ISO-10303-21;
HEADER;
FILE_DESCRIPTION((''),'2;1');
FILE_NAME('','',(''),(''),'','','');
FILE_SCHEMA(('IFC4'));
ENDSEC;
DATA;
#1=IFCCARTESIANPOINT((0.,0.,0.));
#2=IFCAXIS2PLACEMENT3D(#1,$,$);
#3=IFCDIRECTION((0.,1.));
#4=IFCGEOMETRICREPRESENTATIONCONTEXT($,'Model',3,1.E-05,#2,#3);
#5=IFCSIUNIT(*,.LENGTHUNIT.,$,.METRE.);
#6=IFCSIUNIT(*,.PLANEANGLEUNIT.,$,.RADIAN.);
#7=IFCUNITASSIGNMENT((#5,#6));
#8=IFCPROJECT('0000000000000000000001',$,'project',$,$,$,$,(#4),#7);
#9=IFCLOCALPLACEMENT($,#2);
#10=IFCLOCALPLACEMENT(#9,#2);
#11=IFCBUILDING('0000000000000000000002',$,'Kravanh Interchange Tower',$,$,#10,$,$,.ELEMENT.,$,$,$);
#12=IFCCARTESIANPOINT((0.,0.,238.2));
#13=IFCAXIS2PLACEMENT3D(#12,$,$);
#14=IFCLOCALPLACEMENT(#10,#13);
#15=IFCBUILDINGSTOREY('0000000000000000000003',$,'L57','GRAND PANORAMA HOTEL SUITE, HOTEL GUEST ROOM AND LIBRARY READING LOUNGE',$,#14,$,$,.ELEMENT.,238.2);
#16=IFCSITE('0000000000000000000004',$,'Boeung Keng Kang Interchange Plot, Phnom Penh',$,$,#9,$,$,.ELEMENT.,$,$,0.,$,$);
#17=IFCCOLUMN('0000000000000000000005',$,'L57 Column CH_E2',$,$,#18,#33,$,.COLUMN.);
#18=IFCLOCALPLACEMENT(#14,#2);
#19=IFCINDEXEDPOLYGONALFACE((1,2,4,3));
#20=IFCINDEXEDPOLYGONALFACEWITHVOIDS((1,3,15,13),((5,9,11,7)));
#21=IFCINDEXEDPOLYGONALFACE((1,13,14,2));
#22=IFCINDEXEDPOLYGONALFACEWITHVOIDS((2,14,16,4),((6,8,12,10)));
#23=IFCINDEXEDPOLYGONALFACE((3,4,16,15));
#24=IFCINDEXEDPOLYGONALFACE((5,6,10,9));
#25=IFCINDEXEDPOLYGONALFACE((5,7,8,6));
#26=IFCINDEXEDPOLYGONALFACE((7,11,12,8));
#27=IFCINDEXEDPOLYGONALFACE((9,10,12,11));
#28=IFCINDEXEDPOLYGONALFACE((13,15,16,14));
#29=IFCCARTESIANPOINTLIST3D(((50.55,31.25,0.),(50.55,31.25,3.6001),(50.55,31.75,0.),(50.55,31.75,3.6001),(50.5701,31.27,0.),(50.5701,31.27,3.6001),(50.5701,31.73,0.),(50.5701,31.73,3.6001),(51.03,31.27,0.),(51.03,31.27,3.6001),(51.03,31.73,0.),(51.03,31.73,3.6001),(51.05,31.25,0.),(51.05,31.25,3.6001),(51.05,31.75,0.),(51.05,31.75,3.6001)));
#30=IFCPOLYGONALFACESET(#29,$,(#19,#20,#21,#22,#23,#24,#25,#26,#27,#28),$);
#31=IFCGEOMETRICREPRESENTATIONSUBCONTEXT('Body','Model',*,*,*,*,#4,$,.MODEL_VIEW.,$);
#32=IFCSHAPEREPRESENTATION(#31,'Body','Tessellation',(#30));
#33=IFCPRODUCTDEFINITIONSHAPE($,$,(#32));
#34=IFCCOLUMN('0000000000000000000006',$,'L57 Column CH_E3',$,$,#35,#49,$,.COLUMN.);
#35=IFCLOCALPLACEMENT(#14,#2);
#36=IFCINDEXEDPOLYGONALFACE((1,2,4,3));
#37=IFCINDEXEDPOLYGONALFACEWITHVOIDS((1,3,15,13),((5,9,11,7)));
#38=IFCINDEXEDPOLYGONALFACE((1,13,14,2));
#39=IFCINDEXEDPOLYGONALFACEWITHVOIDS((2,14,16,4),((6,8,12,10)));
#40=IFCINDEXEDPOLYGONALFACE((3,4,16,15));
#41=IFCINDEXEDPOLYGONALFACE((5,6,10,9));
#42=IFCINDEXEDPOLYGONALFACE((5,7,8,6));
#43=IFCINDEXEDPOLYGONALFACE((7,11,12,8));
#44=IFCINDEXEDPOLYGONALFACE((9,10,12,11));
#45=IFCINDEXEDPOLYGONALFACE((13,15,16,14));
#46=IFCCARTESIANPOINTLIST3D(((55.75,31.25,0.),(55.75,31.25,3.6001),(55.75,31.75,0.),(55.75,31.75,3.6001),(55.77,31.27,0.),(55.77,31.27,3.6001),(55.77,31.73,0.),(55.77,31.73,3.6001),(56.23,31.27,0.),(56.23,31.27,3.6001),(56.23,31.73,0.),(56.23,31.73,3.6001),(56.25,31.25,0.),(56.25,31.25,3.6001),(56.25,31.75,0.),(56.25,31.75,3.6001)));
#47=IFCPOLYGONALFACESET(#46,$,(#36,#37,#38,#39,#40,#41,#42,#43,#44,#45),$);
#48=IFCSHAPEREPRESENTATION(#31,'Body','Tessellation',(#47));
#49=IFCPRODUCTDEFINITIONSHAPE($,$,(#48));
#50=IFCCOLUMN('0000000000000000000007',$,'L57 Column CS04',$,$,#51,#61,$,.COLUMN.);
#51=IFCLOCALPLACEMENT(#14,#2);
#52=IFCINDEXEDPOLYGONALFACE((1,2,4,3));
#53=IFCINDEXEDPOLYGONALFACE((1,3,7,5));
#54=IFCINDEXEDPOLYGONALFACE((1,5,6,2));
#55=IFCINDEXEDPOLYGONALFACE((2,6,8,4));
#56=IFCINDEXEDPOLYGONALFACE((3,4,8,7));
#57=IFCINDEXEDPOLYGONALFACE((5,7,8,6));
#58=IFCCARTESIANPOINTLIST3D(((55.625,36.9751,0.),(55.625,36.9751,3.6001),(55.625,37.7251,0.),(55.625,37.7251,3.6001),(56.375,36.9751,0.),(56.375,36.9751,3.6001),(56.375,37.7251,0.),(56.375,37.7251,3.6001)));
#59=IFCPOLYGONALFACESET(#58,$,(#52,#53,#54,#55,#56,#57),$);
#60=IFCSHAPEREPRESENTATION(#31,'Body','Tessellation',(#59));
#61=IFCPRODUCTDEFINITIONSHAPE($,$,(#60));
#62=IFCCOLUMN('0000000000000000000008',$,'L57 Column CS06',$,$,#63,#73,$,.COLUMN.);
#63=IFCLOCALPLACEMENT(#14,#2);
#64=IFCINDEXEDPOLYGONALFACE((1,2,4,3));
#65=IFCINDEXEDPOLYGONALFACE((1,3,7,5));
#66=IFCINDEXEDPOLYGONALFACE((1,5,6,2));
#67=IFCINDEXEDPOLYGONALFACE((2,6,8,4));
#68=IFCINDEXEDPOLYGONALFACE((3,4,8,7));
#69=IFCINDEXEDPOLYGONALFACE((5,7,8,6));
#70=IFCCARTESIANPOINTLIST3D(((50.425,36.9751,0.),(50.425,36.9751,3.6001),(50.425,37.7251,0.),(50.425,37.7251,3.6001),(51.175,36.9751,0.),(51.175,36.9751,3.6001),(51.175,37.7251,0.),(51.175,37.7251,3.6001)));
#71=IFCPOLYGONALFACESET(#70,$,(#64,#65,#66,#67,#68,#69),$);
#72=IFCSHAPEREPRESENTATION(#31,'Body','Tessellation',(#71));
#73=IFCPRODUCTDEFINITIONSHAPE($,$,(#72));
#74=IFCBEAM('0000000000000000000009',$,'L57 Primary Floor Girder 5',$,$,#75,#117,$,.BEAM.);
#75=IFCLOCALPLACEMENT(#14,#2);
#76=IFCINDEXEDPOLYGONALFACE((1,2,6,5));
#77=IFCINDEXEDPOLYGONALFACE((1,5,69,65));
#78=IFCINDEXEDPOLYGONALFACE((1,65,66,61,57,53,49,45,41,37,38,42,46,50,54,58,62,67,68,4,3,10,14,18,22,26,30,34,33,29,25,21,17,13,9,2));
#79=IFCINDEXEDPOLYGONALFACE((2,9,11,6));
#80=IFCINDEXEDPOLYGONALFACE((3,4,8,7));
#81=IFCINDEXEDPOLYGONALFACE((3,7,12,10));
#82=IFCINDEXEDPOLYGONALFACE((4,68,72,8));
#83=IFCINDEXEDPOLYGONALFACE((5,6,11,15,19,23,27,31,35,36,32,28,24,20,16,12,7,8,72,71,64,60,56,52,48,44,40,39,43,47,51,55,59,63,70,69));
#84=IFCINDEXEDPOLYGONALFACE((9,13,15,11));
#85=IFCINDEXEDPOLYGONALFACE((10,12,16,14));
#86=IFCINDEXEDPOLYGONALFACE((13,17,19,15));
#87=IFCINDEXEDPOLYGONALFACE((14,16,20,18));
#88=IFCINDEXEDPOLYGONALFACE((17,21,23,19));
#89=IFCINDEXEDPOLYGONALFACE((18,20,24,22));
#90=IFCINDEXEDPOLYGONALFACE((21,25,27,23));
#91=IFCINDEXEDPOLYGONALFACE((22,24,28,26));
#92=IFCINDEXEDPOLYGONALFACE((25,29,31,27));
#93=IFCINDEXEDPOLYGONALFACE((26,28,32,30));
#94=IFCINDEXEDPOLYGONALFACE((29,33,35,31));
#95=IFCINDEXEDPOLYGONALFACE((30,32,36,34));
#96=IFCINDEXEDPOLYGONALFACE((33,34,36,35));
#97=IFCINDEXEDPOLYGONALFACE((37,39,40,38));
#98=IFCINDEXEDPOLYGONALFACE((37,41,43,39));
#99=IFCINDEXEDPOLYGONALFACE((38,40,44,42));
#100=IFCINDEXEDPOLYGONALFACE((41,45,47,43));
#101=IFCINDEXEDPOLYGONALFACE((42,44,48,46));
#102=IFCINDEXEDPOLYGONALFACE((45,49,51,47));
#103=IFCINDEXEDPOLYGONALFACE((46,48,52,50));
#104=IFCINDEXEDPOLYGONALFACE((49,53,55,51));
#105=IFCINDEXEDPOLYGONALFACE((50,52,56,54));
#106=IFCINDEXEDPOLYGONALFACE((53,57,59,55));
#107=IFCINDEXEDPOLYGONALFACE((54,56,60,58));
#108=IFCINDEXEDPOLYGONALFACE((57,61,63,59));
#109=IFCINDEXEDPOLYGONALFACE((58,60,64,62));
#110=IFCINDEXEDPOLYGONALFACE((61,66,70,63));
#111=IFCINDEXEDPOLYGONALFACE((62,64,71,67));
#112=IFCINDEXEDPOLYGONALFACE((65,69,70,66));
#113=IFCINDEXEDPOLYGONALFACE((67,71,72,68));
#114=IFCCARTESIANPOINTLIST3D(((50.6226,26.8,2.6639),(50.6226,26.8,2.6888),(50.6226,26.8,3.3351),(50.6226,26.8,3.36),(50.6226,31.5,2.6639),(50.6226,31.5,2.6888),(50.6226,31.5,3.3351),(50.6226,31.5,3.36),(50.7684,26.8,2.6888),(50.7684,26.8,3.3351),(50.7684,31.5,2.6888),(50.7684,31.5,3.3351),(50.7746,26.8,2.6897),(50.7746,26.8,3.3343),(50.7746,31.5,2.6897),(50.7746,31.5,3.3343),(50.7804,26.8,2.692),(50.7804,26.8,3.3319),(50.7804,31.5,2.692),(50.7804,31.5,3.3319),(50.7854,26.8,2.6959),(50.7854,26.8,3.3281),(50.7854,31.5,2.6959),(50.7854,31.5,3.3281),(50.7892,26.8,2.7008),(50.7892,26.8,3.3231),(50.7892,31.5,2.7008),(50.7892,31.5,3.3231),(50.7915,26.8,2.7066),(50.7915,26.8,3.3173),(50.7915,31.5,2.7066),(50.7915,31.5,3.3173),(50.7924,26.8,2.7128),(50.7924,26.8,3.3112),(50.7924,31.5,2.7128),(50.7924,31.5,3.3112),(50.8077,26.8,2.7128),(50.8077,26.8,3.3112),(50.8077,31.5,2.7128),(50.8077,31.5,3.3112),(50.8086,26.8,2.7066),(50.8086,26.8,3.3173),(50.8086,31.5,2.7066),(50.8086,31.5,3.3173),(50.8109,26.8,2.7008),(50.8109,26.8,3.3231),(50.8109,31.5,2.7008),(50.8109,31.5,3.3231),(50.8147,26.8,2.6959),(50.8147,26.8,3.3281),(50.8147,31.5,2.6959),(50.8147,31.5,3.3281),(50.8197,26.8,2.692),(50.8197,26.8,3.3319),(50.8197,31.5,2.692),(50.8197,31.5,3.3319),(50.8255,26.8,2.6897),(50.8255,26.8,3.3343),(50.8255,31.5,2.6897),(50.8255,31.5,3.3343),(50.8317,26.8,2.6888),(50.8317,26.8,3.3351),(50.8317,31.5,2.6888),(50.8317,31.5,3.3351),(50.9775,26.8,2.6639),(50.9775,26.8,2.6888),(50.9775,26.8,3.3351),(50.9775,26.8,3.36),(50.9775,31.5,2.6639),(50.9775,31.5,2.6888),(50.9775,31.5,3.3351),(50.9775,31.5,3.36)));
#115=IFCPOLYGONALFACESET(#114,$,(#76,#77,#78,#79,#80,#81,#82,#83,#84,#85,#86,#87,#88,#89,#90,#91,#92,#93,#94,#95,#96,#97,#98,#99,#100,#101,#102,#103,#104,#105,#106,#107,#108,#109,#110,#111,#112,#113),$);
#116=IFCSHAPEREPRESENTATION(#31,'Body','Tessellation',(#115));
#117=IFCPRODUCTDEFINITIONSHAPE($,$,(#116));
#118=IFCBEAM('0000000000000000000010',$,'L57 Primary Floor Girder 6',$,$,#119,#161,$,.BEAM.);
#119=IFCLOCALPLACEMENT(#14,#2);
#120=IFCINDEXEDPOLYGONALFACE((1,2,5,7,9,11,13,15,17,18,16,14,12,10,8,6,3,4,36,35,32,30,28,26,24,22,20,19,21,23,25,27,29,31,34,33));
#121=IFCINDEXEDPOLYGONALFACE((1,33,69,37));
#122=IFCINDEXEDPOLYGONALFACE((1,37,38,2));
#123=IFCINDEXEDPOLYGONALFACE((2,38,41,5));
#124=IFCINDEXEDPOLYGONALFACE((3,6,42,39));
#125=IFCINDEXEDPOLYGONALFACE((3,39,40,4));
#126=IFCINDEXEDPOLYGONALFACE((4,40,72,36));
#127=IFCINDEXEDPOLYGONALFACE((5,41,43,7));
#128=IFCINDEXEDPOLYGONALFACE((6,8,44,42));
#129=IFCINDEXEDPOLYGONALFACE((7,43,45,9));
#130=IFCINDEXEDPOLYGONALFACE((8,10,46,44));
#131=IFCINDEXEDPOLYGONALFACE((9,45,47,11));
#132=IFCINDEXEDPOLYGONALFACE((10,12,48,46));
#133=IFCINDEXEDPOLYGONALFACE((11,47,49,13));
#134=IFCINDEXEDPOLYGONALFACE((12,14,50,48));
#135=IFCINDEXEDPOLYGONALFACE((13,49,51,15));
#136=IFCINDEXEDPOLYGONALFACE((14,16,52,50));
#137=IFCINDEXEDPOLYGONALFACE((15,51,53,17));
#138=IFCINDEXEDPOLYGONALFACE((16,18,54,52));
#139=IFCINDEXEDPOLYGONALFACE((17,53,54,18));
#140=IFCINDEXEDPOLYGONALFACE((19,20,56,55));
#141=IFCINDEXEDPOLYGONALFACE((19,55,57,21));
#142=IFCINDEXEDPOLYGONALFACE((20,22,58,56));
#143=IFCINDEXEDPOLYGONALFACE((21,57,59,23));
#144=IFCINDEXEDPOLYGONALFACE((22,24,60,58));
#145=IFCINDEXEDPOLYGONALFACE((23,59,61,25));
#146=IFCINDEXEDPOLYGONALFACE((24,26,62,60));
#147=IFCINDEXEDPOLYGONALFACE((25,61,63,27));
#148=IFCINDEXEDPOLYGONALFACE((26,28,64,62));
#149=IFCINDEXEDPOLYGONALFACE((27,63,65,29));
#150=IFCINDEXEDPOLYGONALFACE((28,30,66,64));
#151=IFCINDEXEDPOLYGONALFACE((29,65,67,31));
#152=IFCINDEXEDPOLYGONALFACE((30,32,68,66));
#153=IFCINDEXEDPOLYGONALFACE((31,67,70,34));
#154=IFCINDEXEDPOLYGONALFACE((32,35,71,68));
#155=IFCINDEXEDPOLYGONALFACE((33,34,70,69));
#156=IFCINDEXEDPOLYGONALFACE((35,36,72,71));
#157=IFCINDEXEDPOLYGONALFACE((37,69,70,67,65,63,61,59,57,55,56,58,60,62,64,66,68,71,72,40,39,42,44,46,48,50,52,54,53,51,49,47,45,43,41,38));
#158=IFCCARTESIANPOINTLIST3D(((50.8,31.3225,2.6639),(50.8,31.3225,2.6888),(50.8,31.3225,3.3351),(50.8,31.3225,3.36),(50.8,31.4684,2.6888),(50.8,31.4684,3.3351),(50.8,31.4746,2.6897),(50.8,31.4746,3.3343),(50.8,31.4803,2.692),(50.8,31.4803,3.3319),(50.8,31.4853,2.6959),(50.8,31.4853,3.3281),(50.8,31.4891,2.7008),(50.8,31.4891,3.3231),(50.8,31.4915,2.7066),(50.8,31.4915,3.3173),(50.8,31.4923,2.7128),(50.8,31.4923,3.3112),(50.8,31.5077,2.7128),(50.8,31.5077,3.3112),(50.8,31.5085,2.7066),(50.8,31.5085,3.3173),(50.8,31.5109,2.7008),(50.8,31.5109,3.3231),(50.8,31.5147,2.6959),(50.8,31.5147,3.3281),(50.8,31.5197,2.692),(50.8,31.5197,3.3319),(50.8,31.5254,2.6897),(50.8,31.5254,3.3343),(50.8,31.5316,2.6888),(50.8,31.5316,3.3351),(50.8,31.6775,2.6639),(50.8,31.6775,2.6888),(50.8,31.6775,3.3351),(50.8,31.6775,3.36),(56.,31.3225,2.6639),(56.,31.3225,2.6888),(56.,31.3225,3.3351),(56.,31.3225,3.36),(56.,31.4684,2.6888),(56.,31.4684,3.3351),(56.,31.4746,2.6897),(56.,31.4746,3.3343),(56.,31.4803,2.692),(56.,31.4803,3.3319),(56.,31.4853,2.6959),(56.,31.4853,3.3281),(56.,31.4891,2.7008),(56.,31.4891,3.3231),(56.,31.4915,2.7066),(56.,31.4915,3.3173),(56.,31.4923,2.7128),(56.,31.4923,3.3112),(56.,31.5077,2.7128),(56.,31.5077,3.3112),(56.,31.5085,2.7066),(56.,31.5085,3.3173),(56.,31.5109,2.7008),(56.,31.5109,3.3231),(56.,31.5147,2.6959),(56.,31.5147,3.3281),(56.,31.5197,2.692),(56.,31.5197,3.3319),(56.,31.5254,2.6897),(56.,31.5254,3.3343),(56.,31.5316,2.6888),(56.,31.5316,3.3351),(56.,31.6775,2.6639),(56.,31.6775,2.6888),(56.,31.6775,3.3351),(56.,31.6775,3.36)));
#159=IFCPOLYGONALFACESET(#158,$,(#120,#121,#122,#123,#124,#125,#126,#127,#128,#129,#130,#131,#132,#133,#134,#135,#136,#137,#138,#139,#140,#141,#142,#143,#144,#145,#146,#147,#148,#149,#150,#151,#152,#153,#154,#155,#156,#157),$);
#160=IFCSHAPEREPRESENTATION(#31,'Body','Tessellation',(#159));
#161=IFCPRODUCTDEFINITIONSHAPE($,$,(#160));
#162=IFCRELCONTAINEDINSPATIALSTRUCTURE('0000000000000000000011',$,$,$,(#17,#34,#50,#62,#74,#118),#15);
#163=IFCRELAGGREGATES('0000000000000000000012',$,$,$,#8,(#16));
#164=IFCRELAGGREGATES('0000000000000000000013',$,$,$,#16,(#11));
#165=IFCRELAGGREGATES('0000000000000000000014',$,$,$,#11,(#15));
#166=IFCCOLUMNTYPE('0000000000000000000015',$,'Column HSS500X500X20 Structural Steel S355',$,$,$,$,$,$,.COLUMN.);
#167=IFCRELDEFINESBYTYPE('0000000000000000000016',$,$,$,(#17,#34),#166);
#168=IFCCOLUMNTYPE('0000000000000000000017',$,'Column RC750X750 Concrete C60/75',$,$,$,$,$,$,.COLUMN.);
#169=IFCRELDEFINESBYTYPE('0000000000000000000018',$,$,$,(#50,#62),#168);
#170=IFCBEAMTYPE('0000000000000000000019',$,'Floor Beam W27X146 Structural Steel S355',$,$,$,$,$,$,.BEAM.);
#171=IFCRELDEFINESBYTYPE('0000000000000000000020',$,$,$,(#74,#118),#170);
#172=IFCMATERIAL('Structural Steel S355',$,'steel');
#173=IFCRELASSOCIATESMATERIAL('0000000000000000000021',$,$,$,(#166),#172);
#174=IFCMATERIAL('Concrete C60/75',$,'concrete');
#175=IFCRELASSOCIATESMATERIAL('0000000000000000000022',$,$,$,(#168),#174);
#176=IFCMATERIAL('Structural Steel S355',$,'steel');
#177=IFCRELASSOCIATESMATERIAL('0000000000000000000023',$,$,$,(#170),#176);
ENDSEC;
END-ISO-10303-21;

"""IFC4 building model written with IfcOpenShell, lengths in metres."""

from ifc_helpers import new_model, si_unit, direction, frame, origin, origin_2d, place, context, subcontext, project, spatial, rectangle, hollow_rectangle, i_section, extrude, material, material_profile, profile_set, type_object, element, save


model = new_model("IFC4")

# Units and contexts
model_context = context("Model", 3, precision=1e-05, world=origin(), true_north=direction((0.0, 1.0)))
body_context = subcontext(model_context, "Body", "Model", "MODEL_VIEW")
ifc_project = project(units=[si_unit("LENGTHUNIT", "METRE"), si_unit("PLANEANGLEUNIT", "RADIAN")], contexts=[model_context])

# Site, building, storey
site_placement = place(None, origin())
site = spatial("IfcSite", under=ifc_project, at=site_placement, Name="Boeung Keng Kang Interchange Plot, Phnom Penh", CompositionType="ELEMENT", RefElevation=0.0)
building_placement = place(site_placement, origin())
building = spatial("IfcBuilding", under=site, at=building_placement, Name="Kravanh Interchange Tower", CompositionType="ELEMENT")
storey_placement = place(building_placement, frame((0.0, 0.0, 238.2)))
storey = spatial("IfcBuildingStorey", under=building, at=storey_placement, Name="L57", Description="GRAND PANORAMA HOTEL SUITE, HOTEL GUEST ROOM AND LIBRARY READING LOUNGE", CompositionType="ELEMENT", Elevation=238.2)

# Columns
ifc_material_1 = material(Name="Structural Steel S355", Category="steel")
ifc_material_profile_1 = material_profile(ifc_material_1, hollow_rectangle(XDim=0.5, YDim=0.5, WallThickness=0.02, at=origin_2d()), Name="HSS500X500X20")
ifc_profile_set_1 = profile_set([ifc_material_profile_1], Name="Structural Steel S355")
column_type_1 = type_object("IfcColumnType", Name="Column HSS500X500X20 Structural Steel S355", PredefinedType="COLUMN", material=ifc_profile_set_1)
for number, where, z_axis, x_axis, name in (
    (1, (50.8, 31.5, 0.0), (0.0, 0.0, 1.0), (1.0, 0.0, 0.0), "L57 Column CH_E2"),
    (2, (56.0, 31.5, 0.0), (0.0, 0.0, 1.0), (1.0, 0.0, 0.0), "L57 Column CH_E3"),
):
    element("IfcColumn", number, at=place(storey_placement, frame(where, z_axis=z_axis, x_axis=x_axis)), inside=storey, type_object=column_type_1, Name=name, PredefinedType="COLUMN", context=body_context, shape_type="SweptSolid", body=[
        extrude(hollow_rectangle(XDim=0.5, YDim=0.5, WallThickness=0.02, at=origin_2d()), origin(), (0.0, 0.0, 1.0), 3.6001),
    ])
ifc_material_2 = material(Name="Concrete C60/75", Category="concrete")
ifc_material_profile_2 = material_profile(ifc_material_2, rectangle(XDim=0.75, YDim=0.75, at=origin_2d()), Name="RC750X750")
ifc_profile_set_2 = profile_set([ifc_material_profile_2], Name="Concrete C60/75")
column_type_2 = type_object("IfcColumnType", Name="Column RC750X750 Concrete C60/75", PredefinedType="COLUMN", material=ifc_profile_set_2)
for number, where, z_axis, x_axis, name in (
    (3, (56.0, 37.3501, 0.0), (0.0, 0.0, 1.0), (1.0, 0.0, 0.0), "L57 Column CS04"),
    (4, (50.8, 37.3501, 0.0), (0.0, 0.0, 1.0), (1.0, 0.0, 0.0), "L57 Column CS06"),
):
    element("IfcColumn", number, at=place(storey_placement, frame(where, z_axis=z_axis, x_axis=x_axis)), inside=storey, type_object=column_type_2, Name=name, PredefinedType="COLUMN", context=body_context, shape_type="SweptSolid", body=[
        extrude(rectangle(XDim=0.75, YDim=0.75, at=origin_2d()), origin(), (0.0, 0.0, 1.0), 3.6001),
    ])

# Beams
ifc_material_3 = material(Name="Structural Steel S355", Category="steel")
ifc_material_profile_3 = material_profile(ifc_material_3, i_section(OverallWidth=0.355, OverallDepth=0.696, WebThickness=0.0154, FlangeThickness=0.0249, FilletRadius=0.0239, at=origin_2d()), Name="W27X146")
ifc_profile_set_3 = profile_set([ifc_material_profile_3], Name="Structural Steel S355")
beam_type_1 = type_object("IfcBeamType", Name="Floor Beam W27X146 Structural Steel S355", PredefinedType="BEAM", material=ifc_profile_set_3)
beam_1_placement = place(storey_placement, frame((50.8, 31.5, 3.012), z_axis=(0.0, -1.0, 0.0), x_axis=(1.0, 0.0, 0.0)))
element("IfcBeam", 5, at=beam_1_placement, inside=storey, type_object=beam_type_1, Name="L57 Primary Floor Girder 5", PredefinedType="BEAM", context=body_context, shape_type="SweptSolid", body=[
    extrude(i_section(OverallWidth=0.355, OverallDepth=0.696, WebThickness=0.0154, FlangeThickness=0.0249, FilletRadius=0.0239, at=origin_2d()), origin(), (0.0, 0.0, 1.0), 4.7),
])
beam_2_placement = place(storey_placement, frame((50.8, 31.5, 3.012), z_axis=(1.0, 0.0, 0.0), x_axis=(0.0, 1.0, 0.0)))
element("IfcBeam", 6, at=beam_2_placement, inside=storey, type_object=beam_type_1, Name="L57 Primary Floor Girder 6", PredefinedType="BEAM", context=body_context, shape_type="SweptSolid", body=[
    extrude(i_section(OverallWidth=0.355, OverallDepth=0.696, WebThickness=0.0154, FlangeThickness=0.0249, FilletRadius=0.0239, at=origin_2d()), origin(), (0.0, 0.0, 1.0), 5.2),
])

save(model, "model.ifc")
